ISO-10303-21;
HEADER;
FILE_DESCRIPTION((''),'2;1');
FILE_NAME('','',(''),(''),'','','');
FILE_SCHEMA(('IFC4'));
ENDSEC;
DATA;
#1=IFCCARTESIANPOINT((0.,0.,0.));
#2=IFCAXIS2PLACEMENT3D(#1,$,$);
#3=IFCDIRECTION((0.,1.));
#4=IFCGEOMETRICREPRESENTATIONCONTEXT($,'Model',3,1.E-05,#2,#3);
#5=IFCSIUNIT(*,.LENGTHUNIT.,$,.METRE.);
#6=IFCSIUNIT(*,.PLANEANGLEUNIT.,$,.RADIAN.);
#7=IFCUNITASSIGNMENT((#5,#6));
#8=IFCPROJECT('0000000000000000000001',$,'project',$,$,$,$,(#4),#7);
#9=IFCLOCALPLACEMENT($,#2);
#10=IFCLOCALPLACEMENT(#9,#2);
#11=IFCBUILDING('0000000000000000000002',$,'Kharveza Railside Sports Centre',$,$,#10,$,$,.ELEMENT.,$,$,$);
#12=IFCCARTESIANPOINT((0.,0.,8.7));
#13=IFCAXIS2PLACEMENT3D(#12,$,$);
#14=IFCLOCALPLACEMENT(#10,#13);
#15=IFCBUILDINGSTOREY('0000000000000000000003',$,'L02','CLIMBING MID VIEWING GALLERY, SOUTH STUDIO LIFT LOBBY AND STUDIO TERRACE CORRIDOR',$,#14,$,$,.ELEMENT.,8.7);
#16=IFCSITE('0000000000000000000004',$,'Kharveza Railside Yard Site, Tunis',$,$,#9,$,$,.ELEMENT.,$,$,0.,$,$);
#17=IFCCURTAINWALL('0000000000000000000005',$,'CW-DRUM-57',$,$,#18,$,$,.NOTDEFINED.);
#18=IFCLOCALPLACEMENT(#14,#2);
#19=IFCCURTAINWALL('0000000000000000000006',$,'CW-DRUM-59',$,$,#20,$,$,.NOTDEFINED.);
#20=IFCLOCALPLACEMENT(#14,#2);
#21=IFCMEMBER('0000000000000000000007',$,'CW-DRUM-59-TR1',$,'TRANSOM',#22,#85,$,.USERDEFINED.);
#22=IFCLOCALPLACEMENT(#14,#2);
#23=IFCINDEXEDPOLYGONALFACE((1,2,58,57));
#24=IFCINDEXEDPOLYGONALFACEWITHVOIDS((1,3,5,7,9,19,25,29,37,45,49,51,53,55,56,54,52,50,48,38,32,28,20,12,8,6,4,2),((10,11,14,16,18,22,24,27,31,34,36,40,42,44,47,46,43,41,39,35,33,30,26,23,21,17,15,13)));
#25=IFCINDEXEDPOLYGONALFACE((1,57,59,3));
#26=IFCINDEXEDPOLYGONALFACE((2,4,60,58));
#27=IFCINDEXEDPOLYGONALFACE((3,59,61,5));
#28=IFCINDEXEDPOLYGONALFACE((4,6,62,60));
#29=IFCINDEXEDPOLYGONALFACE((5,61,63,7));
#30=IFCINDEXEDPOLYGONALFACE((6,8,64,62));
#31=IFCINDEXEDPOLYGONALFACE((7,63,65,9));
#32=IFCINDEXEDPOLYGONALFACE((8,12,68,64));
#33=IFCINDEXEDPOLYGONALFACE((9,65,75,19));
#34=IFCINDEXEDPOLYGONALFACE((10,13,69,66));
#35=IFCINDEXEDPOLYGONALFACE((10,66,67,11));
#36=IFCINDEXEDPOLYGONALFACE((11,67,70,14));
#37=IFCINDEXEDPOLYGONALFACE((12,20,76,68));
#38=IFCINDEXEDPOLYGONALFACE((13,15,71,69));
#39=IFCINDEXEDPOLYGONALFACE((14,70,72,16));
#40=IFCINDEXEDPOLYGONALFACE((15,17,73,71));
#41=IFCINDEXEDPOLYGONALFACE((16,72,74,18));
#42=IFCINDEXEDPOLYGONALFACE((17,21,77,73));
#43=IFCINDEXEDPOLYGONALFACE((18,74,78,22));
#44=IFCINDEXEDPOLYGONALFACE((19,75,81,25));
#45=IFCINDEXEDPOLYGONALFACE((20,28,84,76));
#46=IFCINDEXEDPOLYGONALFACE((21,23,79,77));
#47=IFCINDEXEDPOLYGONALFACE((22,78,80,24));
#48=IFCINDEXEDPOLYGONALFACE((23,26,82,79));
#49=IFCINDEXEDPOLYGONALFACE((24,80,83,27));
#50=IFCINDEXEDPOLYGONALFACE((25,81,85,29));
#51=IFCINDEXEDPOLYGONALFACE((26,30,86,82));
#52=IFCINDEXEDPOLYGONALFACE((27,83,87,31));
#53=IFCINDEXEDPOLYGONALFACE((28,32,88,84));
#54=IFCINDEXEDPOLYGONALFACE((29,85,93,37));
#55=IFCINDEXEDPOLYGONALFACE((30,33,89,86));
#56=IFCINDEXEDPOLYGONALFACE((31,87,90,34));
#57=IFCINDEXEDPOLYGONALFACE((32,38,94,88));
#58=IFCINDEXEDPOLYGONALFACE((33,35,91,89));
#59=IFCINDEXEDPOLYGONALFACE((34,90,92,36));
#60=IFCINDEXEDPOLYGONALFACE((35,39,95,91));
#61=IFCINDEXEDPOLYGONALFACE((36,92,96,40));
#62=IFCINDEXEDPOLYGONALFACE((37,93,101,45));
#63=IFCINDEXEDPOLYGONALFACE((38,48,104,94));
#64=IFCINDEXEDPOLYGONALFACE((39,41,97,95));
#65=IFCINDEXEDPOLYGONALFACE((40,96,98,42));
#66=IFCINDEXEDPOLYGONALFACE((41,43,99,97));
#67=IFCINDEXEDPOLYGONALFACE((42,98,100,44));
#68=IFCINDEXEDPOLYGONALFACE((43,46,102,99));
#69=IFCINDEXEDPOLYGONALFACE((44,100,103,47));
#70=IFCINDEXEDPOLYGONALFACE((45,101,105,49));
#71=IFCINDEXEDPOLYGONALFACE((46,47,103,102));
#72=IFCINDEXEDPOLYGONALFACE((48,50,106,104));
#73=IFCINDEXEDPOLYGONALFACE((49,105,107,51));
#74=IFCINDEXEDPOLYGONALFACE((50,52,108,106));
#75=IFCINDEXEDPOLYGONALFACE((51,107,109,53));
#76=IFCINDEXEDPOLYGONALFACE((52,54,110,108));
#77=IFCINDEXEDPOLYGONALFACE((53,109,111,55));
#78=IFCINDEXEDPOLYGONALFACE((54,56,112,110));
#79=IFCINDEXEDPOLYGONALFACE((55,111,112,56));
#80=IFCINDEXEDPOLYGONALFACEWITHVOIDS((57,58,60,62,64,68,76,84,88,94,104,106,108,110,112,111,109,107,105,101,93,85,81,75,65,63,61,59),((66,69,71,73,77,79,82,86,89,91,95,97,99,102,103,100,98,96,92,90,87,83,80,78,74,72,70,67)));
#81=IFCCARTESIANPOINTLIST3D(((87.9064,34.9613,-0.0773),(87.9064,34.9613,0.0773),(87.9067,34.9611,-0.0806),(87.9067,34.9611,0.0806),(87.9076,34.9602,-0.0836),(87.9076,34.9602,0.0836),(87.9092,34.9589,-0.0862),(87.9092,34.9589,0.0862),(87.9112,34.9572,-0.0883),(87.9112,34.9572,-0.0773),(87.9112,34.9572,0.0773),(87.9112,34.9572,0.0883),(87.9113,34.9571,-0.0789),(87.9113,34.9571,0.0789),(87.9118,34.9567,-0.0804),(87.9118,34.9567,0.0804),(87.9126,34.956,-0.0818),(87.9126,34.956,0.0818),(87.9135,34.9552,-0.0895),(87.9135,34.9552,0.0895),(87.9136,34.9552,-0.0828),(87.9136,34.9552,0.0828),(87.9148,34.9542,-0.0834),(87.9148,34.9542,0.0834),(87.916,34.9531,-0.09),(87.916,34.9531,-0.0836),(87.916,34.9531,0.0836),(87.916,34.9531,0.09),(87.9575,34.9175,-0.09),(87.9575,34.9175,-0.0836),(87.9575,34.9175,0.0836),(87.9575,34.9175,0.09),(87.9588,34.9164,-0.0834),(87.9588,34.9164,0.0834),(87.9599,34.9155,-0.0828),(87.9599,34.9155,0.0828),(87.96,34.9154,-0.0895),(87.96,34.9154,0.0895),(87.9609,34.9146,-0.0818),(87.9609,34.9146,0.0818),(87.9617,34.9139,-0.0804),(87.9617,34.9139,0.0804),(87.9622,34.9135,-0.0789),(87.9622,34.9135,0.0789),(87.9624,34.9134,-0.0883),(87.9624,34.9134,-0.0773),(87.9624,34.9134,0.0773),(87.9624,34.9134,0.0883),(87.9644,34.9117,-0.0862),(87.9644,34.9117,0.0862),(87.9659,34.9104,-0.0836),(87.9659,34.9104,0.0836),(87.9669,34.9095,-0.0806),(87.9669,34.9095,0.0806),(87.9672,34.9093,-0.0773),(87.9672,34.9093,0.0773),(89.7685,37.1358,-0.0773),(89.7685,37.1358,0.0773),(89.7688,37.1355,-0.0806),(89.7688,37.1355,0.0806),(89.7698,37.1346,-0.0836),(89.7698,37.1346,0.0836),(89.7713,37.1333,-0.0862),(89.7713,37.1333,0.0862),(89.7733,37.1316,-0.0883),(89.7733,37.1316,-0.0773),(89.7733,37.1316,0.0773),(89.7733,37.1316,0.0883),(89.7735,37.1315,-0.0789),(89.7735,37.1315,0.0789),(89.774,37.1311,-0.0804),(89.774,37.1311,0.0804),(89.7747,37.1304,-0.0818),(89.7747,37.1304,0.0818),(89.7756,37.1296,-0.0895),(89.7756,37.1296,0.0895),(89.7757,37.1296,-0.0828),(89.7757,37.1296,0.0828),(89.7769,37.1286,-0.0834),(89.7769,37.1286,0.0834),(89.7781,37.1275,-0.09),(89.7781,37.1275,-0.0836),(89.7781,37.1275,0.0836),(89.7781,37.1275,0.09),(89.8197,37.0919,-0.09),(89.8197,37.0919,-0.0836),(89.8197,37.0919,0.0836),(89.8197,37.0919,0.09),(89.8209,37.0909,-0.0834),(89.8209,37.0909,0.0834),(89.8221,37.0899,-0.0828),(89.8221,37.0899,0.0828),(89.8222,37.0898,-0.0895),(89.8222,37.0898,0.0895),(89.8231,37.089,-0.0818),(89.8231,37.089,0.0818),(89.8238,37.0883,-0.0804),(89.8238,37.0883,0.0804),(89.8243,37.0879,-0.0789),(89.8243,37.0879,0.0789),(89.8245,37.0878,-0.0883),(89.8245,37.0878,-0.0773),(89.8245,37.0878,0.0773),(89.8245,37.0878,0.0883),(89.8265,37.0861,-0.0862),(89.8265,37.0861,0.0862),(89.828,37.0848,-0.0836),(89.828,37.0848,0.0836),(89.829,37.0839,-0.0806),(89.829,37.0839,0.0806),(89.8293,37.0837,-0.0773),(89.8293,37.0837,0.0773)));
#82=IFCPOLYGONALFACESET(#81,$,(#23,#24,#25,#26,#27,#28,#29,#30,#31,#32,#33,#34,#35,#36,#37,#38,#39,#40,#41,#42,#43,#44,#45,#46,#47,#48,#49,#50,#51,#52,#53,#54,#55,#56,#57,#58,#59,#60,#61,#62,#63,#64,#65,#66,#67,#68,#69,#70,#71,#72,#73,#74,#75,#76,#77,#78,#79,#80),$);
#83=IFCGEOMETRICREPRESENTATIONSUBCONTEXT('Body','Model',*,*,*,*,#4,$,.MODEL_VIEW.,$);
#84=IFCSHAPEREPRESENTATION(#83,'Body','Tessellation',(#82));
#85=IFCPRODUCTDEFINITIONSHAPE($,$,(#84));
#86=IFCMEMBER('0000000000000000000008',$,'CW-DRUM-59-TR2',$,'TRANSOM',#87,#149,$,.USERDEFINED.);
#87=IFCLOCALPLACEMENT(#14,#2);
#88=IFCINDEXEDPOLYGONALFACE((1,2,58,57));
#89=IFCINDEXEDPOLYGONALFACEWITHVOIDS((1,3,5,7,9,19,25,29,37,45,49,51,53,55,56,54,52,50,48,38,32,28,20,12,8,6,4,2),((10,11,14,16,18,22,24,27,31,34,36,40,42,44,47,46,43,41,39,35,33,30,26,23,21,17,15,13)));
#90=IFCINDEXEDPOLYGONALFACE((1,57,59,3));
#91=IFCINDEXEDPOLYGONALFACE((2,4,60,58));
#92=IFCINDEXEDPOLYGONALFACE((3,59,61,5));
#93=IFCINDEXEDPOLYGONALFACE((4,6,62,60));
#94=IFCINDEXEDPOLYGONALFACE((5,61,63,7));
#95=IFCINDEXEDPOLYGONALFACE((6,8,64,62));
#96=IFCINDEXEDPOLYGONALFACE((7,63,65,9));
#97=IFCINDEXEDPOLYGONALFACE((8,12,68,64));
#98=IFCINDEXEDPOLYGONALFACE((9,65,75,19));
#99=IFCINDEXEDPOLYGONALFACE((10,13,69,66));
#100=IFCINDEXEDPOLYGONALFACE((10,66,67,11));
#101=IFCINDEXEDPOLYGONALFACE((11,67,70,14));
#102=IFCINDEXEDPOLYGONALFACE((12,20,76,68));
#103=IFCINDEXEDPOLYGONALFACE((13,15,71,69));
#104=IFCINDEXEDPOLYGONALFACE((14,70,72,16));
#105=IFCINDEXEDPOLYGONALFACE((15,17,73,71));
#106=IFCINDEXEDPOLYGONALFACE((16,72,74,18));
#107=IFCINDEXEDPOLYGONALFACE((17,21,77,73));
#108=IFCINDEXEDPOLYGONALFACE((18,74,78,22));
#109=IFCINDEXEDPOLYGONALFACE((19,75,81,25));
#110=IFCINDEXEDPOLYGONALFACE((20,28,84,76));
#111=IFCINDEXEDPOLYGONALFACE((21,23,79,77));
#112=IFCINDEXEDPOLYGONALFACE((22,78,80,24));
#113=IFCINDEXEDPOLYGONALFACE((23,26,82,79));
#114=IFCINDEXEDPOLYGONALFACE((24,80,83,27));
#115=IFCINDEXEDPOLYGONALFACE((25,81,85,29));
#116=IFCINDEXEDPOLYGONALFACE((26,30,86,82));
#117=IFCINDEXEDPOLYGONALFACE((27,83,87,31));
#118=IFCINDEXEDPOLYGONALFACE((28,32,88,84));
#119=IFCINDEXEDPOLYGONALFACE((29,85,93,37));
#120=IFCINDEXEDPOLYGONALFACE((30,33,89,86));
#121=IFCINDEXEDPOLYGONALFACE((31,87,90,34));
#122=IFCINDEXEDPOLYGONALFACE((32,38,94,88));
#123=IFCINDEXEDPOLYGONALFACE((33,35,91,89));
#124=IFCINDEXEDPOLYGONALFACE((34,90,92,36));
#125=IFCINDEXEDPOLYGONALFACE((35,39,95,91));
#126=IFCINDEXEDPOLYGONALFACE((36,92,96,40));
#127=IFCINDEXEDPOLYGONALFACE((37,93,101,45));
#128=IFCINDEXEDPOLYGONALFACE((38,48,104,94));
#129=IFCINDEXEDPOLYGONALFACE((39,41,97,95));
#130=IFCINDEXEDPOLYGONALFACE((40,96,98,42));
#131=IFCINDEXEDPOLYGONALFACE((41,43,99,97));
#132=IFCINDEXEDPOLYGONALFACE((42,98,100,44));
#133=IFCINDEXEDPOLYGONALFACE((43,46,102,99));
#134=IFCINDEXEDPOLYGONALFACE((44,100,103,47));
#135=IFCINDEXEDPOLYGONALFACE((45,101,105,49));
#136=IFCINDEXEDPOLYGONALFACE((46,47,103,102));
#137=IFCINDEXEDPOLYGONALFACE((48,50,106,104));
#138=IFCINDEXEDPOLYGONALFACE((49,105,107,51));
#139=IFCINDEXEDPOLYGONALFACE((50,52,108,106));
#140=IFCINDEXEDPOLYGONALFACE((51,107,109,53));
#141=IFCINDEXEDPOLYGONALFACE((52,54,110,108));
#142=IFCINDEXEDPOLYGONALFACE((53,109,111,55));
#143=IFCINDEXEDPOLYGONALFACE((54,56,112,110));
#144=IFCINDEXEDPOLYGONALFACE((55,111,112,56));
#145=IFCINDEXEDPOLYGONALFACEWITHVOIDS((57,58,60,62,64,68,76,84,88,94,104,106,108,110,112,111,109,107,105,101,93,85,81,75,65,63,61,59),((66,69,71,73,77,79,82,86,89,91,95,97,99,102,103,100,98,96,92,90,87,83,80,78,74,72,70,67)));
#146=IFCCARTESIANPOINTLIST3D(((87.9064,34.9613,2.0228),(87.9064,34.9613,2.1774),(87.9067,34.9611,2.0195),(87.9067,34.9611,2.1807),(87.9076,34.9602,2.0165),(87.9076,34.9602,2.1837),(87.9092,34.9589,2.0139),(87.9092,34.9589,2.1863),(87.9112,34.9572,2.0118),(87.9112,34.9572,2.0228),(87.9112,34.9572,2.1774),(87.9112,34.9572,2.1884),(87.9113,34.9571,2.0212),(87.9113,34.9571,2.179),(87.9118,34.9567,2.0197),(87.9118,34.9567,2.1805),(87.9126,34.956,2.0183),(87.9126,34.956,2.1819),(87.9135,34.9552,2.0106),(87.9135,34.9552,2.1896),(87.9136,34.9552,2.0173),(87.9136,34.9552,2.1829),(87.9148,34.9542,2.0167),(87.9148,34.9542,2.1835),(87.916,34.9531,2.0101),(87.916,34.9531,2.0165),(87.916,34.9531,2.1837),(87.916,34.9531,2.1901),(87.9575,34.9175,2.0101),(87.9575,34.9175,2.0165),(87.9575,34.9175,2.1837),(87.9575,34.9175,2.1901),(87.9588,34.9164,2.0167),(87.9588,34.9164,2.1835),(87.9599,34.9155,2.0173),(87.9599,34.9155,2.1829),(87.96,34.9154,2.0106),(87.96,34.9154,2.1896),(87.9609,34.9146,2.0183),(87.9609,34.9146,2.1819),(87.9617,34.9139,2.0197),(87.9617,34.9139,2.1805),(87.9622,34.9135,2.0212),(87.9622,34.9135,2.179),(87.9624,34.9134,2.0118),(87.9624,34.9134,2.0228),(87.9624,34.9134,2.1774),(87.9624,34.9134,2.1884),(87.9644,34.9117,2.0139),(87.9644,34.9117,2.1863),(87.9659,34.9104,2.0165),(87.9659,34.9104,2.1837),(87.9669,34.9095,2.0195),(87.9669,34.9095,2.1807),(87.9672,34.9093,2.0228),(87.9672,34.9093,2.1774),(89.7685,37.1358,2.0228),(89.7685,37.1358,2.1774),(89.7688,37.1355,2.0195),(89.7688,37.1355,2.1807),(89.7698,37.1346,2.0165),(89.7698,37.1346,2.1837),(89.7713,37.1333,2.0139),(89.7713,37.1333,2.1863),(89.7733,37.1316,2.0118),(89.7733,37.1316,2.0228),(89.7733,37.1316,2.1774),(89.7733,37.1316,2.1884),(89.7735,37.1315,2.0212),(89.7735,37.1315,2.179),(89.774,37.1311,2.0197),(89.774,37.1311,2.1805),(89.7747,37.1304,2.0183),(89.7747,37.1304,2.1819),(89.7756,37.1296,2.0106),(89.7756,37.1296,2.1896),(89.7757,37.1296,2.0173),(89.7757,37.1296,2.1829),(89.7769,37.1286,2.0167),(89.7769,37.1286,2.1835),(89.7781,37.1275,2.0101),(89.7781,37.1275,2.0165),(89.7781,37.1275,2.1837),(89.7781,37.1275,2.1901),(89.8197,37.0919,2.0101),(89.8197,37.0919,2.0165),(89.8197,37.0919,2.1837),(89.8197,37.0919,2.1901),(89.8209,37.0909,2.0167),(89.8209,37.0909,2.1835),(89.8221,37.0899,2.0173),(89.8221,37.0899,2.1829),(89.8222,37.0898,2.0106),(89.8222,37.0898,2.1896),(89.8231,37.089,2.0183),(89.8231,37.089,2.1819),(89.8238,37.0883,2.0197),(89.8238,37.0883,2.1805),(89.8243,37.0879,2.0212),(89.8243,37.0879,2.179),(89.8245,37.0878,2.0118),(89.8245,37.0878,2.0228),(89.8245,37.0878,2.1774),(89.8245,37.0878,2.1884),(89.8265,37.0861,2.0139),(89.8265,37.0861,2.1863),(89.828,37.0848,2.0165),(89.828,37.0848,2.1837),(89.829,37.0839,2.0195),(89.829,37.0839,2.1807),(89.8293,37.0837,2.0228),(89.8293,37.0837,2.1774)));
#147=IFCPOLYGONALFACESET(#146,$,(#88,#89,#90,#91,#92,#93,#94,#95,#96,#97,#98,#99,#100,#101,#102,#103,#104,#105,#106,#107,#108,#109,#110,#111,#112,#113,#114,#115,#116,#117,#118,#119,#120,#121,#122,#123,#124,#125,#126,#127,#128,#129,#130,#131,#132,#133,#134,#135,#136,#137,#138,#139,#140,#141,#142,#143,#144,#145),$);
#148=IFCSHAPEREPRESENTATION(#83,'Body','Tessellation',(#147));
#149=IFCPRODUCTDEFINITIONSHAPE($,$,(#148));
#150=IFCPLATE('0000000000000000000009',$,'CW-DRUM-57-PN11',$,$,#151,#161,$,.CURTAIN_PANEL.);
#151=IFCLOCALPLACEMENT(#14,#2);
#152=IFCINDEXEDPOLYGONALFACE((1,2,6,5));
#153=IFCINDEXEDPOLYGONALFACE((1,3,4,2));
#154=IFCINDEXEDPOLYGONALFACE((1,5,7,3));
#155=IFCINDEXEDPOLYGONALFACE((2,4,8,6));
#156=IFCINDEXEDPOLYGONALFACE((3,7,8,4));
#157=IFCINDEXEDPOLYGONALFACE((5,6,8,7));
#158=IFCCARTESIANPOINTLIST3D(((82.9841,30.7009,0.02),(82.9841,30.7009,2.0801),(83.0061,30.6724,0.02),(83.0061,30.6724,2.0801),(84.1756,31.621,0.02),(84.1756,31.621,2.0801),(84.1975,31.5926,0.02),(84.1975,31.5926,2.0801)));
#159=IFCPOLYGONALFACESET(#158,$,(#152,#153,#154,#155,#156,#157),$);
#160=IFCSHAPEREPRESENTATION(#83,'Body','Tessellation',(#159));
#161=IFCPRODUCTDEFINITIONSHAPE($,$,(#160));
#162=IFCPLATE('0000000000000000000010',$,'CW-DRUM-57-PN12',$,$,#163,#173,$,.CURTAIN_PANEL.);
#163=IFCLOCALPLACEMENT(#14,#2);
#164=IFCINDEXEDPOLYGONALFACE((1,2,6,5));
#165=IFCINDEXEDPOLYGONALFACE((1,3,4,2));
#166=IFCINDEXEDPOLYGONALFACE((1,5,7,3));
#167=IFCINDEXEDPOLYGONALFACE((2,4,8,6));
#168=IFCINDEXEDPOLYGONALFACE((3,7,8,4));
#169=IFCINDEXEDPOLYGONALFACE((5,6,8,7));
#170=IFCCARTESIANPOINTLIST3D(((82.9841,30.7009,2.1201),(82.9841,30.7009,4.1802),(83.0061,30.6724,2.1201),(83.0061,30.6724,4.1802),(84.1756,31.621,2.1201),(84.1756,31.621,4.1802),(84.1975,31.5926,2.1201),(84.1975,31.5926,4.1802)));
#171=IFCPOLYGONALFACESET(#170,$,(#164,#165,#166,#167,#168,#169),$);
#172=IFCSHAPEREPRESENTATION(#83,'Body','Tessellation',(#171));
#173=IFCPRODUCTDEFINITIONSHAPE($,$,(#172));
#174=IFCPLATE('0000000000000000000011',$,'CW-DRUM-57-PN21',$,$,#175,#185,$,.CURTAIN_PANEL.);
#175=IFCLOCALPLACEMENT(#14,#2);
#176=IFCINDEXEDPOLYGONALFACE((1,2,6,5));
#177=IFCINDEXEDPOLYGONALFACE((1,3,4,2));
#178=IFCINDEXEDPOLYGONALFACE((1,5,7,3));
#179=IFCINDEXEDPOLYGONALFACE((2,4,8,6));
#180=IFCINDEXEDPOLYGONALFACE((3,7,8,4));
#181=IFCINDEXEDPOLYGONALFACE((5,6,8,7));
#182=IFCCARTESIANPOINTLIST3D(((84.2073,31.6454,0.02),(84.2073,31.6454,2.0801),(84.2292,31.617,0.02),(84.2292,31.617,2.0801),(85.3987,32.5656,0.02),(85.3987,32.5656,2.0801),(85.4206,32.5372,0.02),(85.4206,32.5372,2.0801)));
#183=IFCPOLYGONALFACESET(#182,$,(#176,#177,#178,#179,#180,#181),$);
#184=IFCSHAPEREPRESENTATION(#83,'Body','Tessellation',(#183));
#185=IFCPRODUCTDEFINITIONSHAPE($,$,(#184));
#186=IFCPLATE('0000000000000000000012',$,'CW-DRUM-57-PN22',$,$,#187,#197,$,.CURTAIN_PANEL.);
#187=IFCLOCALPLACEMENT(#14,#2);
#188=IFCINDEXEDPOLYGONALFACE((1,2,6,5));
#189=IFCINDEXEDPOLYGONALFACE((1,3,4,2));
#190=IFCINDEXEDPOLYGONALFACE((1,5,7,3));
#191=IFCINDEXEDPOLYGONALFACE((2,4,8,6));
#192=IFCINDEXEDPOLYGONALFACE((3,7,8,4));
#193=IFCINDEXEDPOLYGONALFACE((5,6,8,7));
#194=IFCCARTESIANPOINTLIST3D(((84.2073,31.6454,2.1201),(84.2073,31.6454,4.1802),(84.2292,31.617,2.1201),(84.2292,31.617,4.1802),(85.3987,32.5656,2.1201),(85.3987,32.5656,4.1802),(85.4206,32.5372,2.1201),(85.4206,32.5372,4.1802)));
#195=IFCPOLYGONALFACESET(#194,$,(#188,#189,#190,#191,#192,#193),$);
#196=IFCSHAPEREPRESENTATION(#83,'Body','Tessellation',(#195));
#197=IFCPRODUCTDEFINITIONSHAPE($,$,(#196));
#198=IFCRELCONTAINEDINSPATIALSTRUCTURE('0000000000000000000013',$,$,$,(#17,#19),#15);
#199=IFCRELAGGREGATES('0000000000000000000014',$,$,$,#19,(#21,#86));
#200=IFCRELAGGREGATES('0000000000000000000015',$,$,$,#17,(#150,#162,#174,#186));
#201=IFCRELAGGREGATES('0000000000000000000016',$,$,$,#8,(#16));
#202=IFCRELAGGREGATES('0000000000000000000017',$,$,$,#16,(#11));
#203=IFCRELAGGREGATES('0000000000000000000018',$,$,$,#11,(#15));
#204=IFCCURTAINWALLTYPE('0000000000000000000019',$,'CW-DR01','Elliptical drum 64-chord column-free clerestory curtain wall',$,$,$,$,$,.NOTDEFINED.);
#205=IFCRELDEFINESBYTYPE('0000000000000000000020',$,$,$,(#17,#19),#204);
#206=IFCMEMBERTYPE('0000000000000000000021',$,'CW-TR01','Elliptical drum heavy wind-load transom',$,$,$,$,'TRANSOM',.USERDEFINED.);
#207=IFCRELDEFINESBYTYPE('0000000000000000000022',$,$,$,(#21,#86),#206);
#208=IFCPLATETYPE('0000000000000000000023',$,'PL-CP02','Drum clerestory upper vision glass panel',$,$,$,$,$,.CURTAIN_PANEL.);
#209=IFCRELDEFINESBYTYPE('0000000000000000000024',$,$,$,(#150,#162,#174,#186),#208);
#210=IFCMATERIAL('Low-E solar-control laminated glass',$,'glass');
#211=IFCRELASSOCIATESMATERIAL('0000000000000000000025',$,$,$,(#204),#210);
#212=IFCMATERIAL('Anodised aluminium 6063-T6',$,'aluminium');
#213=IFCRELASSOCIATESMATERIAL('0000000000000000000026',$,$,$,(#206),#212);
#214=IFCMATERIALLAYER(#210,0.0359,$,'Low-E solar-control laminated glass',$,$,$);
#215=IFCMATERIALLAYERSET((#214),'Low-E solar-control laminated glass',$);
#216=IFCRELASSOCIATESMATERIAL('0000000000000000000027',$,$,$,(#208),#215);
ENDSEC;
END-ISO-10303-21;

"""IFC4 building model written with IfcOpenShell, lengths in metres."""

from ifc_helpers import new_model, si_unit, direction, frame, origin, origin_2d, place, context, subcontext, project, spatial, rectangle, hollow_rectangle, extrude, material, layer, layer_set, material_profile, profile_set, type_object, element, aggregate, save


model = new_model("IFC4")

# Units and contexts
model_context = context("Model", 3, precision=1e-05, world=origin(), true_north=direction((0.0, 1.0)))
body_context = subcontext(model_context, "Body", "Model", "MODEL_VIEW")
ifc_project = project(units=[si_unit("LENGTHUNIT", "METRE"), si_unit("PLANEANGLEUNIT", "RADIAN")], contexts=[model_context])

# Site, building, storey
site_placement = place(None, origin())
site = spatial("IfcSite", under=ifc_project, at=site_placement, Name="Kharveza Railside Yard Site, Tunis", CompositionType="ELEMENT", RefElevation=0.0)
building_placement = place(site_placement, origin())
building = spatial("IfcBuilding", under=site, at=building_placement, Name="Kharveza Railside Sports Centre", CompositionType="ELEMENT")
storey_placement = place(building_placement, frame((0.0, 0.0, 8.7)))
storey = spatial("IfcBuildingStorey", under=building, at=storey_placement, Name="L02", Description="CLIMBING MID VIEWING GALLERY, SOUTH STUDIO LIFT LOBBY AND STUDIO TERRACE CORRIDOR", CompositionType="ELEMENT", Elevation=8.7)

# Curtain wall
ifc_material_1 = material(Name="Low-E solar-control laminated glass", Category="glass")
curtain_wall_type = type_object("IfcCurtainWallType", Name="CW-DR01", Description="Elliptical drum 64-chord column-free clerestory curtain wall", PredefinedType="NOTDEFINED", material=ifc_material_1)
curtain_wall_1_placement = place(storey_placement, origin())
curtain_wall_1 = element("IfcCurtainWall", 1, at=curtain_wall_1_placement, inside=storey, type_object=curtain_wall_type, Name="CW-DRUM-57", PredefinedType="NOTDEFINED")
ifc_material_2 = material(Name="Anodised aluminium 6063-T6", Category="aluminium")

# Curtain wall
curtain_wall_2_placement = place(storey_placement, origin())
curtain_wall_2 = element("IfcCurtainWall", 2, at=curtain_wall_2_placement, inside=storey, type_object=curtain_wall_type, Name="CW-DRUM-59", PredefinedType="NOTDEFINED")

# Members
ifc_material_profile_1 = material_profile(ifc_material_2, hollow_rectangle(XDim=0.0801, YDim=0.1799, WallThickness=0.0063, InnerFilletRadius=0.0063, OuterFilletRadius=0.0127, at=origin_2d()), Name="RHS 80x180x6.3")
ifc_profile_set_1 = profile_set([ifc_material_profile_1], Name="Anodised aluminium 6063-T6")
member_type_1 = type_object("IfcMemberType", Name="CW-TR01", Description="Elliptical drum heavy wind-load transom", ElementType="TRANSOM", PredefinedType="USERDEFINED", material=ifc_profile_set_1)
member_1_placement = place(storey_placement, frame((87.9368, 34.9353, 0.0), z_axis=(0.650461, 0.759539, 0.0), x_axis=(-0.759539, 0.650461, 0.0)))
member_1 = element("IfcMember", 3, at=member_1_placement, type_object=member_type_1, Name="CW-DRUM-59-TR1", ObjectType="TRANSOM", PredefinedType="USERDEFINED", context=body_context, shape_type="SweptSolid", body=[
    extrude(hollow_rectangle(XDim=0.0801, YDim=0.1799, WallThickness=0.0063, InnerFilletRadius=0.0063, OuterFilletRadius=0.0127, at=origin_2d()), origin(), (0.0, 0.0, 1.0), 2.8628),
])
member_2_placement = place(storey_placement, frame((87.9368, 34.9353, 2.1001), z_axis=(0.650461, 0.759539, 0.0), x_axis=(-0.759539, 0.650461, 0.0)))
member_2 = element("IfcMember", 4, at=member_2_placement, type_object=member_type_1, Name="CW-DRUM-59-TR2", ObjectType="TRANSOM", PredefinedType="USERDEFINED", context=body_context, shape_type="SweptSolid", body=[
    extrude(hollow_rectangle(XDim=0.0801, YDim=0.1799, WallThickness=0.0063, InnerFilletRadius=0.0063, OuterFilletRadius=0.0127, at=origin_2d()), origin(), (0.0, 0.0, 1.0), 2.8628),
])
aggregate(curtain_wall_2, [member_1, member_2])

# Plates
ifc_layer_1 = layer(ifc_material_1, 0.0359, Name="Low-E solar-control laminated glass")
ifc_layer_set_1 = layer_set([ifc_layer_1], Name="Low-E solar-control laminated glass")
plate_type_1 = type_object("IfcPlateType", Name="PL-CP02", Description="Drum clerestory upper vision glass panel", PredefinedType="CURTAIN_PANEL", material=ifc_layer_set_1)
plate_1_placement = place(storey_placement, frame((83.5908, 31.1467, 0.02), z_axis=(0.0, 0.0, 1.0), x_axis=(0.791437, 0.611251, 0.0)))
plate_1 = element("IfcPlate", 5, at=plate_1_placement, type_object=plate_type_1, Name="CW-DRUM-57-PN11", PredefinedType="CURTAIN_PANEL", context=body_context, shape_type="SweptSolid", body=[
    extrude(rectangle(XDim=1.5054, YDim=0.0359, at=origin_2d()), origin(), (0.0, 0.0, 1.0), 2.0601),
])
plate_2_placement = place(storey_placement, frame((83.5908, 31.1467, 2.1201), z_axis=(0.0, 0.0, 1.0), x_axis=(0.791437, 0.611251, 0.0)))
plate_2 = element("IfcPlate", 6, at=plate_2_placement, type_object=plate_type_1, Name="CW-DRUM-57-PN12", PredefinedType="CURTAIN_PANEL", context=body_context, shape_type="SweptSolid", body=[
    extrude(rectangle(XDim=1.5054, YDim=0.0359, at=origin_2d()), origin(), (0.0, 0.0, 1.0), 2.0601),
])
plate_3_placement = place(storey_placement, frame((84.814, 32.0913, 0.02), z_axis=(0.0, 0.0, 1.0), x_axis=(0.791437, 0.611251, 0.0)))
plate_3 = element("IfcPlate", 7, at=plate_3_placement, type_object=plate_type_1, Name="CW-DRUM-57-PN21", PredefinedType="CURTAIN_PANEL", context=body_context, shape_type="SweptSolid", body=[
    extrude(rectangle(XDim=1.5054, YDim=0.0359, at=origin_2d()), origin(), (0.0, 0.0, 1.0), 2.0601),
])
plate_4_placement = place(storey_placement, frame((84.814, 32.0913, 2.1201), z_axis=(0.0, 0.0, 1.0), x_axis=(0.791437, 0.611251, 0.0)))
plate_4 = element("IfcPlate", 8, at=plate_4_placement, type_object=plate_type_1, Name="CW-DRUM-57-PN22", PredefinedType="CURTAIN_PANEL", context=body_context, shape_type="SweptSolid", body=[
    extrude(rectangle(XDim=1.5054, YDim=0.0359, at=origin_2d()), origin(), (0.0, 0.0, 1.0), 2.0601),
])
aggregate(curtain_wall_1, [plate_1, plate_2, plate_3, plate_4])

save(model, "model.ifc")
